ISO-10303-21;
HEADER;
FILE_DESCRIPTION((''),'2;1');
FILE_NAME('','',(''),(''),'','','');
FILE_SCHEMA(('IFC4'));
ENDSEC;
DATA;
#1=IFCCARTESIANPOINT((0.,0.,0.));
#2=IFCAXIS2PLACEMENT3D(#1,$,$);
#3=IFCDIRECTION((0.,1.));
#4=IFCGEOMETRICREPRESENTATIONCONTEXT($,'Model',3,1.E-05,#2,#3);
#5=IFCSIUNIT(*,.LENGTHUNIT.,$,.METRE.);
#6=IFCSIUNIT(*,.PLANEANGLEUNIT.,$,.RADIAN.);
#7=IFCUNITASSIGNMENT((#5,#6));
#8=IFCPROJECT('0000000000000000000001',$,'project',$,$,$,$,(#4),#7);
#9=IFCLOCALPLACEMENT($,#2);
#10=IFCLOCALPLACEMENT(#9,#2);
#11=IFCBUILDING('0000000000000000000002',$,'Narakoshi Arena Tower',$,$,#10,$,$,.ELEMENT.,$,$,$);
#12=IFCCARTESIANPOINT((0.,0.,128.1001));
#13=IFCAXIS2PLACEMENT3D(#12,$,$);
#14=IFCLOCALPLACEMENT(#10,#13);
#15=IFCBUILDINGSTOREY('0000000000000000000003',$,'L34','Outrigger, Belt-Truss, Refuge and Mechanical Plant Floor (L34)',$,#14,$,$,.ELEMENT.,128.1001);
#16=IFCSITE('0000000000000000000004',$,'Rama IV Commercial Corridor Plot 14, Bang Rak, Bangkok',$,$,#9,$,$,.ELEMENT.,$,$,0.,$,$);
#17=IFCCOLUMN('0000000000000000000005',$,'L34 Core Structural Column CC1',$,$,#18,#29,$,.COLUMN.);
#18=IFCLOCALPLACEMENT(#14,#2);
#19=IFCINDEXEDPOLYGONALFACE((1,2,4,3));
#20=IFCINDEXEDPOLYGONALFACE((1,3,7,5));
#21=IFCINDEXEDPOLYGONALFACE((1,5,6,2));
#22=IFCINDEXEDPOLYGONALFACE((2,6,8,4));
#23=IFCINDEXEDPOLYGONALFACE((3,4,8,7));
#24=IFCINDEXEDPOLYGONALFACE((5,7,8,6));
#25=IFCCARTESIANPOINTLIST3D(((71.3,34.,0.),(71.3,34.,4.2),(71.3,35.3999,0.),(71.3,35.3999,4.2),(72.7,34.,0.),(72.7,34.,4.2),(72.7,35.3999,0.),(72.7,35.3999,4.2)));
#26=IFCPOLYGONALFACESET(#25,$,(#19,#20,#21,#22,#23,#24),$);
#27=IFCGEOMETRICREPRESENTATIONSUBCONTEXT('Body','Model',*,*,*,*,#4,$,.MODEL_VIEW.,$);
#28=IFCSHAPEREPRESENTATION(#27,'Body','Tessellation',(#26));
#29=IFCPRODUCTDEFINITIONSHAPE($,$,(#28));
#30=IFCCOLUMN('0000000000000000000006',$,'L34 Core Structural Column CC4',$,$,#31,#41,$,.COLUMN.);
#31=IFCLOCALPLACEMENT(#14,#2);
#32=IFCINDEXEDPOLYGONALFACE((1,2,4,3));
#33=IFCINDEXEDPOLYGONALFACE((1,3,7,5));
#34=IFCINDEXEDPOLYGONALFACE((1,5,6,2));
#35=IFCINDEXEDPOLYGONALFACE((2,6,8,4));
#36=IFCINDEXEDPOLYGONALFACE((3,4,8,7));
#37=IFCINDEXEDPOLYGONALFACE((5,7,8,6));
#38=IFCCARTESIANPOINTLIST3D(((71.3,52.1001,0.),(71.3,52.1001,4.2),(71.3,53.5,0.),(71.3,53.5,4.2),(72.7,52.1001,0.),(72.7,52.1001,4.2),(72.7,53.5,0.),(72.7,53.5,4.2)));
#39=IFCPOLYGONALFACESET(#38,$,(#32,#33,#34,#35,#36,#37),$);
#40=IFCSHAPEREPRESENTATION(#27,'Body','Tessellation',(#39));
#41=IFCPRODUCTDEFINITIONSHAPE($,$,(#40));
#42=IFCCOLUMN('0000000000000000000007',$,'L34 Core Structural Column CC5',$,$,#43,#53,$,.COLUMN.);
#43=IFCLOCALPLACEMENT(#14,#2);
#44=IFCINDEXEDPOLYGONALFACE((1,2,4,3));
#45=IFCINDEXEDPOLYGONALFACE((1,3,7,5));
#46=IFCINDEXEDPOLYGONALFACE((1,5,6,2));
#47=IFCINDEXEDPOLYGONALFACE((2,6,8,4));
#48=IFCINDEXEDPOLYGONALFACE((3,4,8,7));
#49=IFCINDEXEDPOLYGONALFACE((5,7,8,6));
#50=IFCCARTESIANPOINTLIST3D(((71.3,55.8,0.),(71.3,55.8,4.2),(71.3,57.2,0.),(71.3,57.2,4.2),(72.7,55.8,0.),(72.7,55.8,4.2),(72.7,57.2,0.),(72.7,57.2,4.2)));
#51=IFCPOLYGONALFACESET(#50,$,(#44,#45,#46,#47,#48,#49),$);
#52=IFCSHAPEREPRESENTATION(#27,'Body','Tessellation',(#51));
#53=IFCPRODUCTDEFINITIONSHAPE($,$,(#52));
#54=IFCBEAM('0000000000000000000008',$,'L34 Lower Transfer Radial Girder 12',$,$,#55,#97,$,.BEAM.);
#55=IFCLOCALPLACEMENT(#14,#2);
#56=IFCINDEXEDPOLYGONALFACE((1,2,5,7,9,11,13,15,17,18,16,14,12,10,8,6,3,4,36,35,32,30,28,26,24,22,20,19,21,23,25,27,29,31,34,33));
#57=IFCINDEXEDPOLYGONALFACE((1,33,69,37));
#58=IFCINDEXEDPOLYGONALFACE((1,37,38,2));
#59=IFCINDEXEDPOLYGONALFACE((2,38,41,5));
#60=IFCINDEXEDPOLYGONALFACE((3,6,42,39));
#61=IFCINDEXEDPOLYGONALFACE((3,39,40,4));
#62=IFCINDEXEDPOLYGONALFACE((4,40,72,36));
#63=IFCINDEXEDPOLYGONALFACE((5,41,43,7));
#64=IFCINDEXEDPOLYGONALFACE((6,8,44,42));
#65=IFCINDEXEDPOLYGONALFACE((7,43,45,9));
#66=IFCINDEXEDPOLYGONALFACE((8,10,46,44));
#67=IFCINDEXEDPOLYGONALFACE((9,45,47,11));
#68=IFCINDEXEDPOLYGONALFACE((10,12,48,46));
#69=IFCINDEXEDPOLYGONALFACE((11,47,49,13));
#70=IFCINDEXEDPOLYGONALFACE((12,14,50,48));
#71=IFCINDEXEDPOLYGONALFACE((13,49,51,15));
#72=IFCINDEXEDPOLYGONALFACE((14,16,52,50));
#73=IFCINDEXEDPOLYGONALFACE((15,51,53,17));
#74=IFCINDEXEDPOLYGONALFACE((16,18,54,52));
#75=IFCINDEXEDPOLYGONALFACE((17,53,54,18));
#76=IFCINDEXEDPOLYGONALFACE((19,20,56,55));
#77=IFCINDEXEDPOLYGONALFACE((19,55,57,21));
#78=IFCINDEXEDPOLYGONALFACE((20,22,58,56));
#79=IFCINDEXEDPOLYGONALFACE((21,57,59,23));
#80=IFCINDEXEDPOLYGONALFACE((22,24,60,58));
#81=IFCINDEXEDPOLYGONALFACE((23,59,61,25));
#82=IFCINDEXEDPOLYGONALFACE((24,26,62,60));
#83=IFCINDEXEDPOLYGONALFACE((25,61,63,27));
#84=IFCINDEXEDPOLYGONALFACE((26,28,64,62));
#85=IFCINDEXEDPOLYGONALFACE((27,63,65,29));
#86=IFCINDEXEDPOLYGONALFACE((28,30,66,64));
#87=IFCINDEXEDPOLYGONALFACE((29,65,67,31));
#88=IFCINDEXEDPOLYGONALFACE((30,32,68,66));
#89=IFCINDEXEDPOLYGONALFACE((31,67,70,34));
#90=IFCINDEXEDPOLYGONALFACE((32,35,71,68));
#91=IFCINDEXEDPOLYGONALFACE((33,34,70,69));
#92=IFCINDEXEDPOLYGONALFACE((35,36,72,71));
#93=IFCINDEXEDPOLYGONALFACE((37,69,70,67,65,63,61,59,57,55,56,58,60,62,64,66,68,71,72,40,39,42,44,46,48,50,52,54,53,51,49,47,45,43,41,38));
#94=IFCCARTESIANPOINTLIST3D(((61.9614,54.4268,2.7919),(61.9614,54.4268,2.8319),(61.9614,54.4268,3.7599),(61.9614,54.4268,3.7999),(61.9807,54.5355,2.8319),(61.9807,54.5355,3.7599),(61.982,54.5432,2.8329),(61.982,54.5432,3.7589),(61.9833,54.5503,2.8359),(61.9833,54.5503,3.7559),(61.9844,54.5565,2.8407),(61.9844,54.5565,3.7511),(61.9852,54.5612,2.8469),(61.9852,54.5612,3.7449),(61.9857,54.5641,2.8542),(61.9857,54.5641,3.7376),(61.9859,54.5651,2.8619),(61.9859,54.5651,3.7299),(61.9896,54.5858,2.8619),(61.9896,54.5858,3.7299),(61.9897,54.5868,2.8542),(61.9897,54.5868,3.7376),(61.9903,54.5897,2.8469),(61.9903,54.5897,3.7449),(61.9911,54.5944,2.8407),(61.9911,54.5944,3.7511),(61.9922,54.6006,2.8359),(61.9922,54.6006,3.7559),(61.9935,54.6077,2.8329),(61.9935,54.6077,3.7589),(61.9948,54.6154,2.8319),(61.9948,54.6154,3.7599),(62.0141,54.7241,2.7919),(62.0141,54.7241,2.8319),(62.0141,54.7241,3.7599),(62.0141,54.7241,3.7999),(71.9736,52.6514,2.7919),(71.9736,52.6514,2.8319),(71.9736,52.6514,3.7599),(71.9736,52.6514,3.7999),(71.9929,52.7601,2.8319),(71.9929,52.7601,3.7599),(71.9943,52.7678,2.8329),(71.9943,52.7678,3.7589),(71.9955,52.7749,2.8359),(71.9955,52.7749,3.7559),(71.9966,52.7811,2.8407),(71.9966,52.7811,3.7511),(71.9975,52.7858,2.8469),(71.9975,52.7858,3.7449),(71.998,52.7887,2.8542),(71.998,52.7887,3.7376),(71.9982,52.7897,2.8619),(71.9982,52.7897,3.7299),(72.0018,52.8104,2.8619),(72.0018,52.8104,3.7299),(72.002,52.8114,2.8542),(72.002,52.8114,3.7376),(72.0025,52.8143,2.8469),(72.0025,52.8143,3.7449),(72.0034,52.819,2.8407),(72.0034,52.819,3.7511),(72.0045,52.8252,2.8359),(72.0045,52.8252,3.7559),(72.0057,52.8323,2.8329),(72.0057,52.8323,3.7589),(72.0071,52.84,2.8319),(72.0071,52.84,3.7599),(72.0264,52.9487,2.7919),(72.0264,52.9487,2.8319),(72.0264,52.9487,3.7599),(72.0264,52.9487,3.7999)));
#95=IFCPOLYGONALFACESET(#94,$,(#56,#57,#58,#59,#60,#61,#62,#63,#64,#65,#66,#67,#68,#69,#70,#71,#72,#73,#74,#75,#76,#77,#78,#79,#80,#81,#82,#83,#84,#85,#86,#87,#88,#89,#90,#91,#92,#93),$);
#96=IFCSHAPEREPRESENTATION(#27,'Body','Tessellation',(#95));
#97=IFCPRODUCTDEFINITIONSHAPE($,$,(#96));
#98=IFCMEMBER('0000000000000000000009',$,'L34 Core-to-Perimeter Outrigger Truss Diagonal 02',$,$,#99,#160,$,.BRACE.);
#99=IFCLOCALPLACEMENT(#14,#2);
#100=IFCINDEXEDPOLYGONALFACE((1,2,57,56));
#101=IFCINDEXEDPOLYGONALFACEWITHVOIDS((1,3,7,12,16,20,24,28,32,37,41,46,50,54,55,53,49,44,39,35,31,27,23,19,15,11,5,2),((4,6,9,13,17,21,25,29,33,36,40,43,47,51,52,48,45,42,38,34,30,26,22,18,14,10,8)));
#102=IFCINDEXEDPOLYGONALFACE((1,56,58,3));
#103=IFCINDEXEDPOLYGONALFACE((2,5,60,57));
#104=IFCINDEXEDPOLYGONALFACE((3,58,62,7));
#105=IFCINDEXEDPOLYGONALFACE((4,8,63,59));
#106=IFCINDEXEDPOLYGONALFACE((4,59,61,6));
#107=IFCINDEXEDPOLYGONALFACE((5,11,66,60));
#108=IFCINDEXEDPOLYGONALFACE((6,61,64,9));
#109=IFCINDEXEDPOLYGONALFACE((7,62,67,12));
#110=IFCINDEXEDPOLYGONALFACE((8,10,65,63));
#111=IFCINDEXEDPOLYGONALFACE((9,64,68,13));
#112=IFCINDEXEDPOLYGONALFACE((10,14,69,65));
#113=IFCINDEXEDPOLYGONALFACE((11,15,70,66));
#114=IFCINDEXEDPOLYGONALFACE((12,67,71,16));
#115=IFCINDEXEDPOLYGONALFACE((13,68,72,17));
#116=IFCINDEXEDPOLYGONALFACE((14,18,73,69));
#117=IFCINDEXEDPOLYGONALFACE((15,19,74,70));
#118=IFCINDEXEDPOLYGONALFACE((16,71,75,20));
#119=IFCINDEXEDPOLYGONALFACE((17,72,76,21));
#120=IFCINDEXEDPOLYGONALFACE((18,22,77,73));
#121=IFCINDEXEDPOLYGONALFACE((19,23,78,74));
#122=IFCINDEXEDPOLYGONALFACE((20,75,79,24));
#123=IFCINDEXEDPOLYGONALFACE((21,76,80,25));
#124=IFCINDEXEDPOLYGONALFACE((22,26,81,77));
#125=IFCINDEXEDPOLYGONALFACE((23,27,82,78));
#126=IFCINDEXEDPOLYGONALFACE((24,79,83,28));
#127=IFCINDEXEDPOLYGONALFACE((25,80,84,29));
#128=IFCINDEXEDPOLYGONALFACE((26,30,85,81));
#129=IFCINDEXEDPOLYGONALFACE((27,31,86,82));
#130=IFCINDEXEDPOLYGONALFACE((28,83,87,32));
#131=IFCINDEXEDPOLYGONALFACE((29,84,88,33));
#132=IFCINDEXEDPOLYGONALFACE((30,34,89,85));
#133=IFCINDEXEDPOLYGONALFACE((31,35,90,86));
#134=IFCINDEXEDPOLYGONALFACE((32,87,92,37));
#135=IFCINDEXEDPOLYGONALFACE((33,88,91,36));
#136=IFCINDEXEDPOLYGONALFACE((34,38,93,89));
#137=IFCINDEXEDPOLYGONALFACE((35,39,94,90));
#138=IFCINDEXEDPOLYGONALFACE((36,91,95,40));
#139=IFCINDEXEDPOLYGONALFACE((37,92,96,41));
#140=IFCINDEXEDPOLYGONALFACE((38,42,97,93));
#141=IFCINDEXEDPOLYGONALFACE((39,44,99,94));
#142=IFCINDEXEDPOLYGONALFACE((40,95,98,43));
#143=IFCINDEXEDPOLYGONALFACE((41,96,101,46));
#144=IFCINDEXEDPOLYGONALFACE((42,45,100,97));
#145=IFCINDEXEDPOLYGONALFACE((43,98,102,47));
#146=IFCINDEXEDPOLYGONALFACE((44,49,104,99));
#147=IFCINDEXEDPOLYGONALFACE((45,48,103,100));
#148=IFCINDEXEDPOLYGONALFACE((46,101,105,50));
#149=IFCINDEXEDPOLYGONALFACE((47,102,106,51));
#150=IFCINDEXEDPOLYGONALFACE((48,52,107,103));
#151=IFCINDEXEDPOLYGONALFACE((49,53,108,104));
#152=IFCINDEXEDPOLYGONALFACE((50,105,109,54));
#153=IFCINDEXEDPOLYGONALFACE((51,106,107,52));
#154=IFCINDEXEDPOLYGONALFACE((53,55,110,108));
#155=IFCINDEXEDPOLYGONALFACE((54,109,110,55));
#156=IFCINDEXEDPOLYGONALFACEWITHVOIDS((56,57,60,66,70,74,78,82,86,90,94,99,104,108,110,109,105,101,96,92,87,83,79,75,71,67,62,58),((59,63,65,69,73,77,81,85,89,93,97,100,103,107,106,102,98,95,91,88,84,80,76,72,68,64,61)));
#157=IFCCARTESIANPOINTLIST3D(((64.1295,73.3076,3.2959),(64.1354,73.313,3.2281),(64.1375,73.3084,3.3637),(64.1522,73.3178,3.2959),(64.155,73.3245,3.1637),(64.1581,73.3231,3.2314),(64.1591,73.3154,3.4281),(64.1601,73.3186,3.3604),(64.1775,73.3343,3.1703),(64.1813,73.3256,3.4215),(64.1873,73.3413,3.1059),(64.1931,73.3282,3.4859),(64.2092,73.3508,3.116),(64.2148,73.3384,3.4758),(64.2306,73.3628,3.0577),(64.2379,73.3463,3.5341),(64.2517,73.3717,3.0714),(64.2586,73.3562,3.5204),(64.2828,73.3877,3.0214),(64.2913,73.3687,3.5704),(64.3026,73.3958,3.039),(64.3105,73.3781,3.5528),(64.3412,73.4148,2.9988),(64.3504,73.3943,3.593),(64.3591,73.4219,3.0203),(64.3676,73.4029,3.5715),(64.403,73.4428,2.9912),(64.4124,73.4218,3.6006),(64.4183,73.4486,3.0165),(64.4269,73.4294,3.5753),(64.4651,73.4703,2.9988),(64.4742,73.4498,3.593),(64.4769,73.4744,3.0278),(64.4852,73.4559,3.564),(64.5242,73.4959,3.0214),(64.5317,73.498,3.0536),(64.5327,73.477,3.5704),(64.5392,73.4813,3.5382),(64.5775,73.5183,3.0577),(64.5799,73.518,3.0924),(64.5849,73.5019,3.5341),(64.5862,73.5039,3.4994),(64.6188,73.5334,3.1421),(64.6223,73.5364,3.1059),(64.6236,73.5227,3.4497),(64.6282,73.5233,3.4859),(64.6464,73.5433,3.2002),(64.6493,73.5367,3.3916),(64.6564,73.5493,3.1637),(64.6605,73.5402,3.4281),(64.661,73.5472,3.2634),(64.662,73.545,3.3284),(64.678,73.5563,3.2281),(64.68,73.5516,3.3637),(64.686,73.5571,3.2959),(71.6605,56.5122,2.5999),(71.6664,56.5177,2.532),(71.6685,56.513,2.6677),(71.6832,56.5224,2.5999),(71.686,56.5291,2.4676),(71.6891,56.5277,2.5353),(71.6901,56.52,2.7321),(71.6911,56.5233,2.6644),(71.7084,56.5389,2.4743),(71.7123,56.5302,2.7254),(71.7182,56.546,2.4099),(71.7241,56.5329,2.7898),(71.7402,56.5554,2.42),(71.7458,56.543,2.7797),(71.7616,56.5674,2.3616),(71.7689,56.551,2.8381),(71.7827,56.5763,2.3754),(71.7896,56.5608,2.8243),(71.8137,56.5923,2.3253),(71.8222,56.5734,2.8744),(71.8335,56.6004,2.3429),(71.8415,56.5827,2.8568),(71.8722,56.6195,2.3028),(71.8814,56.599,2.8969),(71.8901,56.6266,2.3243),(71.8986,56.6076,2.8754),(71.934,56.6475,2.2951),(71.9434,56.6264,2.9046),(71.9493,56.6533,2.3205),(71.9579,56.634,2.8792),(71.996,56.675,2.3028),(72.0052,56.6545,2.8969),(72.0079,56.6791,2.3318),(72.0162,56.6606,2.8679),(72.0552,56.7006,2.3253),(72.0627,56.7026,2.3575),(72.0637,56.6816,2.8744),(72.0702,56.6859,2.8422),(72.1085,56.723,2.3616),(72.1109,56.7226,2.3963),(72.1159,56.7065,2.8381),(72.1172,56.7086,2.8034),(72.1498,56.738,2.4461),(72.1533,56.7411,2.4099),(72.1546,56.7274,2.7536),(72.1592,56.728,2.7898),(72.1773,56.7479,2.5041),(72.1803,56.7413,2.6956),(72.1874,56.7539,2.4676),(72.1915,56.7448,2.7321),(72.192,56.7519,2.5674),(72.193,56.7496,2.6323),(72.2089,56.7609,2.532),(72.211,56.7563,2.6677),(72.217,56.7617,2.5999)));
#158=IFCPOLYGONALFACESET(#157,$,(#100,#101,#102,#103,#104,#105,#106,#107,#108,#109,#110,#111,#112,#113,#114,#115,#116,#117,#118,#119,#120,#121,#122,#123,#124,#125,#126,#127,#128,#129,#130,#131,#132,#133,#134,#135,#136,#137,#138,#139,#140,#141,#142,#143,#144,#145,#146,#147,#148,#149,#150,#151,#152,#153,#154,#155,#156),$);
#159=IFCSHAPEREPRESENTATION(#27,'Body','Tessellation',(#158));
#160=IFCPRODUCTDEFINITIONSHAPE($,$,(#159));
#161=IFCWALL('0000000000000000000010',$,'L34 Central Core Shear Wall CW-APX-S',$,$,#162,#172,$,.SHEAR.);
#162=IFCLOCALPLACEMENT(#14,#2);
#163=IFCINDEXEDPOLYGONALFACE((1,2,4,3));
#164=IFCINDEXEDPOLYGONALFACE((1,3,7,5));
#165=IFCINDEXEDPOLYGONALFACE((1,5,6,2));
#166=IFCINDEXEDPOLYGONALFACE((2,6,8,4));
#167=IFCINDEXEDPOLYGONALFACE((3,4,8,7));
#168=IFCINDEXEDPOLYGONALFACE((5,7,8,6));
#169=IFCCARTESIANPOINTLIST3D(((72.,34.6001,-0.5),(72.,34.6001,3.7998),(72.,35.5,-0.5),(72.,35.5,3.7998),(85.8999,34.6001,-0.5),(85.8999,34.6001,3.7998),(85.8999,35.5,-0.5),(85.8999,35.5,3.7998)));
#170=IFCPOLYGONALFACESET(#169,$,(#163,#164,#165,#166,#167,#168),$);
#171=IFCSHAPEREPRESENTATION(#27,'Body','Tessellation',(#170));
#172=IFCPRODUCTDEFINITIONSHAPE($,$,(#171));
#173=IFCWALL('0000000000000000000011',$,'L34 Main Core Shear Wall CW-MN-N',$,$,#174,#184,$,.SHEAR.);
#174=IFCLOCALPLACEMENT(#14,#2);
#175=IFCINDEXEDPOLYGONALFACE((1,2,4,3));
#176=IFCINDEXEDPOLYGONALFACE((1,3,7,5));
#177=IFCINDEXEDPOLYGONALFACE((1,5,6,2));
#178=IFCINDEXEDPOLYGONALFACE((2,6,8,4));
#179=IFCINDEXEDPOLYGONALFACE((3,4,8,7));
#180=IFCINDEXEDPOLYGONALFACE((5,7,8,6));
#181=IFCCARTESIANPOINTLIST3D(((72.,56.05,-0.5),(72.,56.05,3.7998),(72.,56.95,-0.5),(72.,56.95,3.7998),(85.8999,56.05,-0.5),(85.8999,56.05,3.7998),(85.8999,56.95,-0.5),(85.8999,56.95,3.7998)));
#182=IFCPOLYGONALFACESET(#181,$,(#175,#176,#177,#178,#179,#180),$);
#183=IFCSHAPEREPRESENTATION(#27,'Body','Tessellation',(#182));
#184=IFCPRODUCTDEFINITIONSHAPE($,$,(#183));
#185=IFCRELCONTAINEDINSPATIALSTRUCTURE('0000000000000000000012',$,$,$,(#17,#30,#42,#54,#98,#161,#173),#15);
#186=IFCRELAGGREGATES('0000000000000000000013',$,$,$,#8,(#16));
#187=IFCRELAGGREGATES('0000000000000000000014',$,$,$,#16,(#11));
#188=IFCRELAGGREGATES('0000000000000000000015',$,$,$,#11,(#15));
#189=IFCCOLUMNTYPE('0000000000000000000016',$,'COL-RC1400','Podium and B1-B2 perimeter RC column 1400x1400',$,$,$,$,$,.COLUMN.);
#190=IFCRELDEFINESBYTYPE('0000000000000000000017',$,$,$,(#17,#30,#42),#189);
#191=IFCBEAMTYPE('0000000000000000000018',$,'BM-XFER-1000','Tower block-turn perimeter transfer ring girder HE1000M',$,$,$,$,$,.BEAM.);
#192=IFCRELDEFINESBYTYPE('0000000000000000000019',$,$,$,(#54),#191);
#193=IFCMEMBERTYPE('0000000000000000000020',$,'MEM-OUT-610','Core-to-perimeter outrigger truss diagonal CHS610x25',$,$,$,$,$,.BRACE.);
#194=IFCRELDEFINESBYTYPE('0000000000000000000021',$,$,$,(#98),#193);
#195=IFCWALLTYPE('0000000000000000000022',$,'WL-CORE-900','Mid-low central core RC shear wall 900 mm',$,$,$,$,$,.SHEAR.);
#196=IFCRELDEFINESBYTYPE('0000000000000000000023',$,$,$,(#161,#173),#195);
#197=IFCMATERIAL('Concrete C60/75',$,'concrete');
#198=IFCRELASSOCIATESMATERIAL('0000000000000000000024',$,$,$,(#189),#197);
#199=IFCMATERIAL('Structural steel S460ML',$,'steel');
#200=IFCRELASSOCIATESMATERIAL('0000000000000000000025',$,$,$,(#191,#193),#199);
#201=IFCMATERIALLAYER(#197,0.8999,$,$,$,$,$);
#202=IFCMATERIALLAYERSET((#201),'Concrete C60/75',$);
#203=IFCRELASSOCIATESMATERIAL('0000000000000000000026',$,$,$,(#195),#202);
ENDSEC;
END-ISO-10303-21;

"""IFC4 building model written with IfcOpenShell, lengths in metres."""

from ifc_helpers import new_model, si_unit, direction, frame, frame_2d, origin, origin_2d, place, context, subcontext, project, spatial, rectangle, hollow_circle, i_section, extrude, material, layer, layer_set, material_profile, profile_set, type_object, element, save


model = new_model("IFC4")

# Units and contexts
model_context = context("Model", 3, precision=1e-05, world=origin(), true_north=direction((0.0, 1.0)))
body_context = subcontext(model_context, "Body", "Model", "MODEL_VIEW")
ifc_project = project(units=[si_unit("LENGTHUNIT", "METRE"), si_unit("PLANEANGLEUNIT", "RADIAN")], contexts=[model_context])

# Site, building, storey
site_placement = place(None, origin())
site = spatial("IfcSite", under=ifc_project, at=site_placement, Name="Rama IV Commercial Corridor Plot 14, Bang Rak, Bangkok", CompositionType="ELEMENT", RefElevation=0.0)
building_placement = place(site_placement, origin())
building = spatial("IfcBuilding", under=site, at=building_placement, Name="Narakoshi Arena Tower", CompositionType="ELEMENT")
storey_placement = place(building_placement, frame((0.0, 0.0, 128.1001)))
storey = spatial("IfcBuildingStorey", under=building, at=storey_placement, Name="L34", Description="Outrigger, Belt-Truss, Refuge and Mechanical Plant Floor (L34)", CompositionType="ELEMENT", Elevation=128.1001)

# Columns
ifc_material_1 = material(Name="Concrete C60/75", Category="concrete")
ifc_material_profile_1 = material_profile(ifc_material_1, rectangle(XDim=1.3999, YDim=1.3999, at=origin_2d()), Name="RC1400x1400")
ifc_profile_set_1 = profile_set([ifc_material_profile_1], Name="Concrete C60/75")
column_type = type_object("IfcColumnType", Name="COL-RC1400", Description="Podium and B1-B2 perimeter RC column 1400x1400", PredefinedType="COLUMN", material=ifc_profile_set_1)
for number, where, z_axis, x_axis, name in (
    (1, (72.0, 34.7, 0.0), (0.0, 0.0, 1.0), (1.0, 0.0, 0.0), "L34 Core Structural Column CC1"),
    (2, (72.0, 52.8, 0.0), (0.0, 0.0, 1.0), (1.0, 0.0, 0.0), "L34 Core Structural Column CC4"),
    (3, (72.0, 56.5, 0.0), (0.0, 0.0, 1.0), (1.0, 0.0, 0.0), "L34 Core Structural Column CC5"),
):
    element("IfcColumn", number, at=place(storey_placement, frame(where, z_axis=z_axis, x_axis=x_axis)), inside=storey, type_object=column_type, Name=name, PredefinedType="COLUMN", context=body_context, shape_type="SweptSolid", body=[
        extrude(rectangle(XDim=1.3999, YDim=1.3999, at=origin_2d()), origin(), (0.0, 0.0, 1.0), 4.2),
    ])

# Beam
ifc_material_2 = material(Name="Structural steel S460ML", Category="steel")
ifc_material_profile_2 = material_profile(ifc_material_2, i_section(OverallWidth=0.302, OverallDepth=1.0081, WebThickness=0.021, FlangeThickness=0.04, FilletRadius=0.03, at=origin_2d()), Name="HE1000M")
ifc_profile_set_2 = profile_set([ifc_material_profile_2], Name="Structural steel S460ML")
beam_type = type_object("IfcBeamType", Name="BM-XFER-1000", Description="Tower block-turn perimeter transfer ring girder HE1000M", PredefinedType="BEAM", material=ifc_profile_set_2)
beam_placement = place(storey_placement, frame((72.0, 52.8, 3.2959), z_axis=(-0.98464, 0.174599, 0.0), x_axis=(-0.174599, -0.98464, 0.0)))
element("IfcBeam", 4, at=beam_placement, inside=storey, type_object=beam_type, Name="L34 Lower Transfer Radial Girder 12", PredefinedType="BEAM", context=body_context, shape_type="SweptSolid", body=[
    extrude(i_section(OverallWidth=0.302, OverallDepth=1.0081, WebThickness=0.021, FlangeThickness=0.04, FilletRadius=0.03, at=origin_2d()), origin(), (0.0, 0.0, 1.0), 10.1685),
])

# Member
ifc_material_profile_3 = material_profile(ifc_material_2, hollow_circle(Radius=0.3049, WallThickness=0.0249, at=origin_2d()), Name="CHS610x25")
ifc_profile_set_3 = profile_set([ifc_material_profile_3], Name="Structural steel S460ML")
member_type = type_object("IfcMemberType", Name="MEM-OUT-610", Description="Core-to-perimeter outrigger truss diagonal CHS610x25", PredefinedType="BRACE", material=ifc_profile_set_3)
member_placement = place(storey_placement, frame((71.9387, 56.637, 2.5999), z_axis=(-0.408855, 0.911816, 0.037788), x_axis=(-0.912468, -0.409148, 0.0)))
element("IfcMember", 5, at=member_placement, inside=storey, type_object=member_type, Name="L34 Core-to-Perimeter Outrigger Truss Diagonal 02", PredefinedType="BRACE", context=body_context, shape_type="SweptSolid", body=[
    extrude(hollow_circle(Radius=0.3049, WallThickness=0.0249, at=origin_2d()), origin(), (0.0, 0.0, 1.0), 18.4197),
])

# Walls
ifc_layer_1 = layer(ifc_material_1, 0.8999)
ifc_layer_set_1 = layer_set([ifc_layer_1], Name="Concrete C60/75")
wall_type_1 = type_object("IfcWallType", Name="WL-CORE-900", Description="Mid-low central core RC shear wall 900 mm", PredefinedType="SHEAR", material=ifc_layer_set_1)
for number, where, z_axis, x_axis, name in (
    (6, (72.0, 35.05, -0.5), (0.0, 0.0, 1.0), (1.0, 0.0, 0.0), "L34 Central Core Shear Wall CW-APX-S"),
    (7, (72.0, 56.5, -0.5), (0.0, 0.0, 1.0), (1.0, 0.0, 0.0), "L34 Main Core Shear Wall CW-MN-N"),
):
    element("IfcWall", number, at=place(storey_placement, frame(where, z_axis=z_axis, x_axis=x_axis)), inside=storey, type_object=wall_type_1, Name=name, PredefinedType="SHEAR", context=body_context, shape_type="SweptSolid", body=[
        extrude(rectangle(XDim=13.8999, YDim=0.8999, at=frame_2d((6.95, 0.0))), origin(), (0.0, 0.0, 1.0), 4.2998),
    ])

save(model, "model.ifc")
